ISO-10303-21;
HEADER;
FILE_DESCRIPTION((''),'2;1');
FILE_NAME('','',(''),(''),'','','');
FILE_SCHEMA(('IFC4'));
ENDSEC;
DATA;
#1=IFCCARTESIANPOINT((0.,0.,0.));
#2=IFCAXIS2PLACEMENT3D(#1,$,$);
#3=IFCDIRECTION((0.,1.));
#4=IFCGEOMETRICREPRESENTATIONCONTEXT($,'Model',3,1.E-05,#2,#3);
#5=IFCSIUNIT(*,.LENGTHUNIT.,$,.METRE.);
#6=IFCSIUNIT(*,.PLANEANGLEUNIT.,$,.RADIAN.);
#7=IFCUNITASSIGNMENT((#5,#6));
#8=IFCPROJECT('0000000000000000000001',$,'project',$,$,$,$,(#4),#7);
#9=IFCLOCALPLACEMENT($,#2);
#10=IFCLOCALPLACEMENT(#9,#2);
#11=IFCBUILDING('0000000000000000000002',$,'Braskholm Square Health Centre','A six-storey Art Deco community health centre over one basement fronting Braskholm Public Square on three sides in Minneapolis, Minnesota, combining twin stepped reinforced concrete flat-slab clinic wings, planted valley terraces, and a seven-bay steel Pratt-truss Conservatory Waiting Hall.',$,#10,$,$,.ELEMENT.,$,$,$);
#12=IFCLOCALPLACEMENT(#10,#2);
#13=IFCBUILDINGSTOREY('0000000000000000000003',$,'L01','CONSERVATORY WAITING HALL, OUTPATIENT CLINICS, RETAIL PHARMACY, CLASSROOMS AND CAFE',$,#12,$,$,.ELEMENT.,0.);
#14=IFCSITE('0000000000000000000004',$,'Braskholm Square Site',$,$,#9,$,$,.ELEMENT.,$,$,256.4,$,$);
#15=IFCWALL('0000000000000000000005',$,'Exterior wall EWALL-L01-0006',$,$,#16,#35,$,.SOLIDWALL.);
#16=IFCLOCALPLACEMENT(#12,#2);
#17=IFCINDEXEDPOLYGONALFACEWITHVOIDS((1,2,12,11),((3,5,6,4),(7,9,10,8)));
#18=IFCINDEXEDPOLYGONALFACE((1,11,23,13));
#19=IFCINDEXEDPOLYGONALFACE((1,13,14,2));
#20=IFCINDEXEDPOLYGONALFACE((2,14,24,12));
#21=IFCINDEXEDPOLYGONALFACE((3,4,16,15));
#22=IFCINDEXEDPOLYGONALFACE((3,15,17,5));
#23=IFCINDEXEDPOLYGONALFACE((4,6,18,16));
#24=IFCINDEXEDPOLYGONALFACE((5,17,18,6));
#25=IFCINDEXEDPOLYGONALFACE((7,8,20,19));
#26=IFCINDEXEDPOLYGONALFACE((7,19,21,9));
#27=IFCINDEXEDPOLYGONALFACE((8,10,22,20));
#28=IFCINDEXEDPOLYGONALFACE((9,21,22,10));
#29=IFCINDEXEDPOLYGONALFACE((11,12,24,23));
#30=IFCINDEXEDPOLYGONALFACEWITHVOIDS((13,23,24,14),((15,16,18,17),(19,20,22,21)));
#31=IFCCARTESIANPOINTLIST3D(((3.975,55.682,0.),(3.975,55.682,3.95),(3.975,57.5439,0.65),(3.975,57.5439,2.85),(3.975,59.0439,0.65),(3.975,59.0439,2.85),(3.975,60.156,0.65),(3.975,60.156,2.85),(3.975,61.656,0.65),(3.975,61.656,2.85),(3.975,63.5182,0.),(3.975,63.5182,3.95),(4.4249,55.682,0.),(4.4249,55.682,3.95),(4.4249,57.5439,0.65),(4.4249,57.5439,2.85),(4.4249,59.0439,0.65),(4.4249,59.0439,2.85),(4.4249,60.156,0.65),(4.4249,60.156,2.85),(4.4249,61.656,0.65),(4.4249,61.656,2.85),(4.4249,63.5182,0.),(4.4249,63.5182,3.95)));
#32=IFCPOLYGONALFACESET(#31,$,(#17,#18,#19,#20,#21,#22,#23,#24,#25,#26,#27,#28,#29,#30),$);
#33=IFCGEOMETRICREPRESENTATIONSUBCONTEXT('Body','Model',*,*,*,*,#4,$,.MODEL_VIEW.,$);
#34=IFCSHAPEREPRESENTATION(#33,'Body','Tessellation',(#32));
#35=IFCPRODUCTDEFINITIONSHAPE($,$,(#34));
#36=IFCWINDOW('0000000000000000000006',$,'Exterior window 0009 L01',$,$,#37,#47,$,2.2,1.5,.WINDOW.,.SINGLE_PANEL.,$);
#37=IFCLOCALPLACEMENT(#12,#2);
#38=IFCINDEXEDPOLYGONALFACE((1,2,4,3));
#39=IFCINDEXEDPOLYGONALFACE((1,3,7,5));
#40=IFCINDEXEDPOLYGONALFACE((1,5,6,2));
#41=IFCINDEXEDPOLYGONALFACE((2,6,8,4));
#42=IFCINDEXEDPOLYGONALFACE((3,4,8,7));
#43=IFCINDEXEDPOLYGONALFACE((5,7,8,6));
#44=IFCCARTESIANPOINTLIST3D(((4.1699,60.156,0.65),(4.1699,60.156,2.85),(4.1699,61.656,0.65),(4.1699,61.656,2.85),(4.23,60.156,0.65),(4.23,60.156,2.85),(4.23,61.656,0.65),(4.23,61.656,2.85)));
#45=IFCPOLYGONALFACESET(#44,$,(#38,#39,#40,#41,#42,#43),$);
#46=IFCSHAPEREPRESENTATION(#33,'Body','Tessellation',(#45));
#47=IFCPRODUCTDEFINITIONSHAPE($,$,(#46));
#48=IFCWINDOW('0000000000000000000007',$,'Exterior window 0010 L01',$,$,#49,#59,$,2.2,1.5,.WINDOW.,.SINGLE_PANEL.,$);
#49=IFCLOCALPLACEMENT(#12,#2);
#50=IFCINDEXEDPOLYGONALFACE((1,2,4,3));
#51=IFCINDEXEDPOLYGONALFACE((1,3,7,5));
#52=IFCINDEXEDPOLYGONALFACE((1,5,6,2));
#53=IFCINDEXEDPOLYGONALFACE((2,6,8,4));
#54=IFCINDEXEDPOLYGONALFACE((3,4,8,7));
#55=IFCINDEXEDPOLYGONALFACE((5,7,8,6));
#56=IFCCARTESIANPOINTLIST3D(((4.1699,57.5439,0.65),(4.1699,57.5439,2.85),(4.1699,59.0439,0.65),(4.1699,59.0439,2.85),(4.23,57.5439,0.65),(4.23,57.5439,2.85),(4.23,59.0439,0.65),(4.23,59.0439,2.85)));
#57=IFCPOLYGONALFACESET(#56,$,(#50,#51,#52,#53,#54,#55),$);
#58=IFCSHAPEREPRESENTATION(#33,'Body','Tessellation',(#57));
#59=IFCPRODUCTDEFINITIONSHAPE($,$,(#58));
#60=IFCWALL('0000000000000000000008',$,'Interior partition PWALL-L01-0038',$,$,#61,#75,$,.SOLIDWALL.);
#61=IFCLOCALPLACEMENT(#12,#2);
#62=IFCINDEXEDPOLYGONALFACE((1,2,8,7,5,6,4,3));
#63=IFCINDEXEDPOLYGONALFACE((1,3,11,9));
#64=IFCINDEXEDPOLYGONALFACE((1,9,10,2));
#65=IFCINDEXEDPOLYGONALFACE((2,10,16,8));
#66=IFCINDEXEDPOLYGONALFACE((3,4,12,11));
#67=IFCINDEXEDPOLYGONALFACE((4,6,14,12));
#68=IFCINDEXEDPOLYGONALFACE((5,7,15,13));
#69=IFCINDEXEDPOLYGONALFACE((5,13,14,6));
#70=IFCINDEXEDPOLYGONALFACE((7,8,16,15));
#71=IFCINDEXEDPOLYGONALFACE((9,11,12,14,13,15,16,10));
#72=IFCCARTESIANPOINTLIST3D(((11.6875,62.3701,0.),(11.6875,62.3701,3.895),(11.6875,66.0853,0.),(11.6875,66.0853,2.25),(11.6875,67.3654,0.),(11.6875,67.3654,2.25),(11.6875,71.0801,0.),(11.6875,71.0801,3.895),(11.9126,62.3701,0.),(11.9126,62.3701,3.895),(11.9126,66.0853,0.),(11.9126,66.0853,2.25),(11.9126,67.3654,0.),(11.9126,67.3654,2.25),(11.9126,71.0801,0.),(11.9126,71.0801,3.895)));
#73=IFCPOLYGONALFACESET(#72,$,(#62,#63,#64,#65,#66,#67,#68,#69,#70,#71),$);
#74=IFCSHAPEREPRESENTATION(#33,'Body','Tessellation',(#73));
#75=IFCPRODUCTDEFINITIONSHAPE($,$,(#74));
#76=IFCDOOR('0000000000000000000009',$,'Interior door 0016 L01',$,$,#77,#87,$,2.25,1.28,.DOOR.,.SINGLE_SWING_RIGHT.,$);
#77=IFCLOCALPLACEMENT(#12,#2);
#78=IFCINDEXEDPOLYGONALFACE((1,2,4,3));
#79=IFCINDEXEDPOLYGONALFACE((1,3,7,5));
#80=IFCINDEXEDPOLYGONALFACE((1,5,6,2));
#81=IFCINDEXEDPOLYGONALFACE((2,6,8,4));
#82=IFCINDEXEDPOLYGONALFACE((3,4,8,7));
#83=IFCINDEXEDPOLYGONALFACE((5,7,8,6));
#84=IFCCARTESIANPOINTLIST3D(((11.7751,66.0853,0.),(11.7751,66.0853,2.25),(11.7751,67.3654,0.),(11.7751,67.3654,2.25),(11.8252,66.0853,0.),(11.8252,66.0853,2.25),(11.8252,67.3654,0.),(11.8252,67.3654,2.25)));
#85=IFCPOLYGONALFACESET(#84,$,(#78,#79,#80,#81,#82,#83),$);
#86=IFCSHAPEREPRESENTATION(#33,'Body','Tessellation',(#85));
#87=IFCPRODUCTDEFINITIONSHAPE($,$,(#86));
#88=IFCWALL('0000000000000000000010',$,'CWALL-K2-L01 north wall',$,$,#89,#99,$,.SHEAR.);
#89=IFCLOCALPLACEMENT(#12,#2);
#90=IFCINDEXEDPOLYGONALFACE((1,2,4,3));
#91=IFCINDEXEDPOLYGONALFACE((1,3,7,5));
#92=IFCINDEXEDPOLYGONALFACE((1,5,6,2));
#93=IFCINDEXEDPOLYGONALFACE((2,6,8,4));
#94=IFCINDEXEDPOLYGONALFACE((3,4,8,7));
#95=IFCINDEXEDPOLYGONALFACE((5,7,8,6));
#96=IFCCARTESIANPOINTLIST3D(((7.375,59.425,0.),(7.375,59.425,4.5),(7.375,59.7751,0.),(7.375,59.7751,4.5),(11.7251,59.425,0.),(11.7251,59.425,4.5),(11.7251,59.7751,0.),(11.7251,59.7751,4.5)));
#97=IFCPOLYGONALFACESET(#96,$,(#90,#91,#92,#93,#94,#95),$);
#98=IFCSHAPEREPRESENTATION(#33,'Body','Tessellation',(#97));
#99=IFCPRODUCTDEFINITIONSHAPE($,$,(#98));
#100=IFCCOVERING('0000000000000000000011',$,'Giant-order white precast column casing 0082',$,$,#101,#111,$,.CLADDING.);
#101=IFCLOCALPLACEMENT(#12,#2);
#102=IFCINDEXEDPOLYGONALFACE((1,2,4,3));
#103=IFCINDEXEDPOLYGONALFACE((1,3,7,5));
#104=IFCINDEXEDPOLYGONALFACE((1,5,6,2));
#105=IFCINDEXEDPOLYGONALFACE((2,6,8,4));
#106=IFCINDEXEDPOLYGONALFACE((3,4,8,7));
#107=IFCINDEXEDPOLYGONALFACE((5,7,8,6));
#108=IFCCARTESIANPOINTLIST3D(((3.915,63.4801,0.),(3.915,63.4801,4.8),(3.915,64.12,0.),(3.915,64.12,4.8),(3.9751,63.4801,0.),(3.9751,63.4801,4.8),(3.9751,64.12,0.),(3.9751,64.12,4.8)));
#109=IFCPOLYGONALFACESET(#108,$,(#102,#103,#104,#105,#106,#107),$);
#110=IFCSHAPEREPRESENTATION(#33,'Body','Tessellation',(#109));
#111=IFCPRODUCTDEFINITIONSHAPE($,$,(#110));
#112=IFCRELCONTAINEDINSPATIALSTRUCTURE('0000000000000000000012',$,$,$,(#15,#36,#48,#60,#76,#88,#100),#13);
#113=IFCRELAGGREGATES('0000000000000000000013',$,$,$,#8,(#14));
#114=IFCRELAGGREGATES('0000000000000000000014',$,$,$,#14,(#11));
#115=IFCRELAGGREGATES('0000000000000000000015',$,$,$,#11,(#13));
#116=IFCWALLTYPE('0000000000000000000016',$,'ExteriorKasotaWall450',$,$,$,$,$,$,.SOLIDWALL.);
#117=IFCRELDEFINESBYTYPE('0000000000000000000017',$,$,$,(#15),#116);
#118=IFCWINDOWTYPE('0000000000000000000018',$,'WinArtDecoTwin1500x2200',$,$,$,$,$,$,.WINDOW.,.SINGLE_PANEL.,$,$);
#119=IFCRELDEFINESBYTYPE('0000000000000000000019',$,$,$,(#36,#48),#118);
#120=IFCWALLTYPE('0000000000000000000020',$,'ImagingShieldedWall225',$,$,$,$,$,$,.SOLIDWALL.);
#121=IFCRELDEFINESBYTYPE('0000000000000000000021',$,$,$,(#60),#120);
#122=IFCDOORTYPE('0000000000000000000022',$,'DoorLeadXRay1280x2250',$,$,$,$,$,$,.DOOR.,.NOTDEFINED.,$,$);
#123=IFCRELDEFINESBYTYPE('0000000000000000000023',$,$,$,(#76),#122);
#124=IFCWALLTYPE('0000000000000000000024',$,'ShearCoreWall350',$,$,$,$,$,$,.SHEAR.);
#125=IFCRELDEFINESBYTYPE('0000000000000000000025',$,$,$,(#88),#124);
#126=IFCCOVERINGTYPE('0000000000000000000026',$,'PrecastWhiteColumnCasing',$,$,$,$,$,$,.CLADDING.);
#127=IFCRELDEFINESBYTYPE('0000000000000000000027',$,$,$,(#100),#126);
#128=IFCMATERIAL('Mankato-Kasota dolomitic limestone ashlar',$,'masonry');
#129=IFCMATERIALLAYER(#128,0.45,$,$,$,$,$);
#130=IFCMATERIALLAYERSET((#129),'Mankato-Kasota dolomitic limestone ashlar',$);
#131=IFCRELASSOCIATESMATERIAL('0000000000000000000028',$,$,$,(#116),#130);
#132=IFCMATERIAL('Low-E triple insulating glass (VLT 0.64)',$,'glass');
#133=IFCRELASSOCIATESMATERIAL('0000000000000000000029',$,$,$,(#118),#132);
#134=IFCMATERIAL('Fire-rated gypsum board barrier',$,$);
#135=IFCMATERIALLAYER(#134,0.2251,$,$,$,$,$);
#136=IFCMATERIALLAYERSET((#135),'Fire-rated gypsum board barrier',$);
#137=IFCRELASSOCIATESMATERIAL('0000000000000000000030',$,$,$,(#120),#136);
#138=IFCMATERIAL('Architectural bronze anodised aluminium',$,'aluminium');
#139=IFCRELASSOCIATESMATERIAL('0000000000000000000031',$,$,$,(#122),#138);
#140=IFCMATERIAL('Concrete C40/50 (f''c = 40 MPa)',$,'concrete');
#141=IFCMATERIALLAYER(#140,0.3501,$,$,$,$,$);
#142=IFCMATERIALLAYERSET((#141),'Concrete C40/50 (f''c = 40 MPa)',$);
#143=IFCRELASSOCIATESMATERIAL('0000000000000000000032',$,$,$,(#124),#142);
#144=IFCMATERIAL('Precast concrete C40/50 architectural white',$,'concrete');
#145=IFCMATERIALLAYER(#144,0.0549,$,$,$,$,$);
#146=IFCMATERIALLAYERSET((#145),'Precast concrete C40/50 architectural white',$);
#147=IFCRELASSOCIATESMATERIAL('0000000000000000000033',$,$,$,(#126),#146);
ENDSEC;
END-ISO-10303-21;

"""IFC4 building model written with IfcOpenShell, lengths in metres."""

from ifc_helpers import new_model, si_unit, direction, frame, frame_2d, origin, origin_with_axes, origin_2d, place, context, subcontext, project, spatial, rectangle, extrude, material, layer, layer_set, type_object, element, fill, save


model = new_model("IFC4")

# Units and contexts
model_context = context("Model", 3, precision=1e-05, world=origin(), true_north=direction((0.0, 1.0)))
body_context = subcontext(model_context, "Body", "Model", "MODEL_VIEW")
ifc_project = project(units=[si_unit("LENGTHUNIT", "METRE"), si_unit("PLANEANGLEUNIT", "RADIAN")], contexts=[model_context])

# Site, building, storey
site_placement = place(None, origin())
site = spatial("IfcSite", under=ifc_project, at=site_placement, Name="Braskholm Square Site", CompositionType="ELEMENT", RefElevation=256.4)
building_placement = place(site_placement, origin())
building = spatial("IfcBuilding", under=site, at=building_placement, Name="Braskholm Square Health Centre", Description="A six-storey Art Deco community health centre over one basement fronting Braskholm Public Square on three sides in Minneapolis, Minnesota, combining twin stepped reinforced concrete flat-slab clinic wings, planted valley terraces, and a seven-bay steel Pratt-truss Conservatory Waiting Hall.", CompositionType="ELEMENT")
storey_placement = place(building_placement, origin())
storey = spatial("IfcBuildingStorey", under=building, at=storey_placement, Name="L01", Description="CONSERVATORY WAITING HALL, OUTPATIENT CLINICS, RETAIL PHARMACY, CLASSROOMS AND CAFE", CompositionType="ELEMENT", Elevation=0.0)

# Shared definitions
ifc_material_1 = material(Name="Concrete C40/50 (f'c = 40 MPa)", Category="concrete")
ifc_material_2 = material(Name="Precast concrete C40/50 architectural white", Category="concrete")

# Shared definitions
ifc_material_3 = material(Name="Architectural bronze anodised aluminium", Category="aluminium")

# Wall, openings, windows
ifc_material_4 = material(Name="Mankato-Kasota dolomitic limestone ashlar", Category="masonry")
ifc_layer_1 = layer(ifc_material_4, 0.45)
ifc_layer_set_1 = layer_set([ifc_layer_1], Name="Mankato-Kasota dolomitic limestone ashlar")
wall_type_1 = type_object("IfcWallType", Name="ExteriorKasotaWall450", PredefinedType="SOLIDWALL", material=ifc_layer_set_1)
wall_1_placement = place(storey_placement, frame((4.2, 63.5181, 0.0), z_axis=(0.0, 0.0, 1.0), x_axis=(0.0, -1.0, 0.0)))
wall_1 = element("IfcWall", 1, at=wall_1_placement, inside=storey, type_object=wall_type_1, Name="Exterior wall EWALL-L01-0006", PredefinedType="SOLIDWALL", context=body_context, shape_type="SweptSolid", body=[
    extrude(rectangle(XDim=7.8362, YDim=0.45, at=frame_2d((3.918, 0.0))), origin(), (0.0, 0.0, 1.0), 3.95),
])
opening_1_placement = place(wall_1_placement, frame((1.8621, 0.0, 0.6499)))
opening_1 = element("IfcOpeningElement", 2, at=opening_1_placement, cuts=wall_1, PredefinedType="OPENING", context=body_context, shape_type="SweptSolid", body=[
    extrude(rectangle(XDim=1.5, YDim=2.2, at=frame_2d((0.75, 1.1001))), frame((0.0, 0.2349, 0.0), z_axis=(0.0, -1.0, 0.0), x_axis=(1.0, 0.0, 0.0)), (0.0, 0.0, 1.0), 0.47),
])
opening_2_placement = place(wall_1_placement, frame((4.4741, 0.0, 0.6499)))
opening_2 = element("IfcOpeningElement", 3, at=opening_2_placement, cuts=wall_1, PredefinedType="OPENING", context=body_context, shape_type="SweptSolid", body=[
    extrude(rectangle(XDim=1.5, YDim=2.2, at=frame_2d((0.75, 1.1001))), frame((0.0, 0.2349, 0.0), z_axis=(0.0, -1.0, 0.0), x_axis=(1.0, 0.0, 0.0)), (0.0, 0.0, 1.0), 0.47),
])
ifc_material_5 = material(Name="Low-E triple insulating glass (VLT 0.64)", Category="glass")
window_type = type_object("IfcWindowType", Name="WinArtDecoTwin1500x2200", PartitioningType="SINGLE_PANEL", PredefinedType="WINDOW", material=ifc_material_5)
window_1_placement = place(opening_1_placement, origin_with_axes())
window_1 = element("IfcWindow", 4, at=window_1_placement, inside=storey, type_object=window_type, Name="Exterior window 0009 L01", OverallHeight=2.2, OverallWidth=1.5, PartitioningType="SINGLE_PANEL", PredefinedType="WINDOW", context=body_context, shape_type="SweptSolid", body=[
    extrude(rectangle(XDim=1.5, YDim=2.2, at=frame_2d((0.75, 1.1001))), frame((0.0, 0.03, 0.0), z_axis=(0.0, -1.0, 0.0), x_axis=(1.0, 0.0, 0.0)), (0.0, 0.0, 1.0), 0.0601),
])
fill(opening_1, window_1)
window_2_placement = place(opening_2_placement, origin_with_axes())
window_2 = element("IfcWindow", 5, at=window_2_placement, inside=storey, type_object=window_type, Name="Exterior window 0010 L01", OverallHeight=2.2, OverallWidth=1.5, PartitioningType="SINGLE_PANEL", PredefinedType="WINDOW", context=body_context, shape_type="SweptSolid", body=[
    extrude(rectangle(XDim=1.5, YDim=2.2, at=frame_2d((0.75, 1.1001))), frame((0.0, 0.03, 0.0), z_axis=(0.0, -1.0, 0.0), x_axis=(1.0, 0.0, 0.0)), (0.0, 0.0, 1.0), 0.0601),
])
fill(opening_2, window_2)

# Wall, opening, door
ifc_material_6 = material(Name="Fire-rated gypsum board barrier")
ifc_layer_2 = layer(ifc_material_6, 0.2251)
ifc_layer_set_2 = layer_set([ifc_layer_2], Name="Fire-rated gypsum board barrier")
wall_type_2 = type_object("IfcWallType", Name="ImagingShieldedWall225", PredefinedType="SOLIDWALL", material=ifc_layer_set_2)
wall_2_placement = place(storey_placement, frame((11.8, 62.3701, 0.0), z_axis=(0.0, 0.0, 1.0), x_axis=(0.0, 1.0, 0.0)))
wall_2 = element("IfcWall", 6, at=wall_2_placement, inside=storey, type_object=wall_type_2, Name="Interior partition PWALL-L01-0038", PredefinedType="SOLIDWALL", context=body_context, shape_type="SweptSolid", body=[
    extrude(rectangle(XDim=8.71, YDim=0.2251, at=frame_2d((4.355, 0.0))), origin(), (0.0, 0.0, 1.0), 3.895),
])
opening_3_placement = place(wall_2_placement, frame((3.7151, 0.0, 0.0)))
opening_3 = element("IfcOpeningElement", 7, at=opening_3_placement, cuts=wall_2, PredefinedType="OPENING", context=body_context, shape_type="SweptSolid", body=[
    extrude(rectangle(XDim=1.28, YDim=2.25, at=frame_2d((0.6401, 1.125))), frame((0.0, 0.1226, 0.0), z_axis=(0.0, -1.0, 0.0), x_axis=(1.0, 0.0, 0.0)), (0.0, 0.0, 1.0), 0.2451),
])
door_type_1 = type_object("IfcDoorType", Name="DoorLeadXRay1280x2250", OperationType="NOTDEFINED", PredefinedType="DOOR", material=ifc_material_3)
door_1_placement = place(opening_3_placement, origin_with_axes())
door_1 = element("IfcDoor", 8, at=door_1_placement, inside=storey, type_object=door_type_1, Name="Interior door 0016 L01", OperationType="SINGLE_SWING_RIGHT", OverallHeight=2.25, OverallWidth=1.28, PredefinedType="DOOR", context=body_context, shape_type="SweptSolid", body=[
    extrude(rectangle(XDim=1.28, YDim=2.25, at=frame_2d((0.6401, 1.125))), frame((0.0, 0.0249, 0.0), z_axis=(0.0, -1.0, 0.0), x_axis=(1.0, 0.0, 0.0)), (0.0, 0.0, 1.0), 0.05),
])
fill(opening_3, door_1)

# Wall
ifc_layer_3 = layer(ifc_material_1, 0.3501)
ifc_layer_set_3 = layer_set([ifc_layer_3], Name="Concrete C40/50 (f'c = 40 MPa)")
wall_type_3 = type_object("IfcWallType", Name="ShearCoreWall350", PredefinedType="SHEAR", material=ifc_layer_set_3)
wall_3_placement = place(storey_placement, frame((11.7251, 59.6001, 0.0), z_axis=(0.0, 0.0, 1.0), x_axis=(-1.0, 0.0, 0.0)))
element("IfcWall", 9, at=wall_3_placement, inside=storey, type_object=wall_type_3, Name="CWALL-K2-L01 north wall", PredefinedType="SHEAR", context=body_context, shape_type="SweptSolid", body=[
    extrude(rectangle(XDim=4.3501, YDim=0.3501, at=frame_2d((2.175, 0.0))), origin(), (0.0, 0.0, 1.0), 4.5),
])

# Covering
ifc_layer_4 = layer(ifc_material_2, 0.0549)
ifc_layer_set_4 = layer_set([ifc_layer_4], Name="Precast concrete C40/50 architectural white")
covering_type = type_object("IfcCoveringType", Name="PrecastWhiteColumnCasing", PredefinedType="CLADDING", material=ifc_layer_set_4)
covering_placement = place(storey_placement, frame((3.9451, 63.8, 0.0), z_axis=(0.0, 0.0, 1.0), x_axis=(1.0, 0.0, 0.0)))
element("IfcCovering", 10, at=covering_placement, inside=storey, type_object=covering_type, Name="Giant-order white precast column casing 0082", PredefinedType="CLADDING", context=body_context, shape_type="SweptSolid", body=[
    extrude(rectangle(XDim=0.0601, YDim=0.6399, at=origin_2d()), origin(), (0.0, 0.0, 1.0), 4.8),
])

save(model, "model.ifc")
